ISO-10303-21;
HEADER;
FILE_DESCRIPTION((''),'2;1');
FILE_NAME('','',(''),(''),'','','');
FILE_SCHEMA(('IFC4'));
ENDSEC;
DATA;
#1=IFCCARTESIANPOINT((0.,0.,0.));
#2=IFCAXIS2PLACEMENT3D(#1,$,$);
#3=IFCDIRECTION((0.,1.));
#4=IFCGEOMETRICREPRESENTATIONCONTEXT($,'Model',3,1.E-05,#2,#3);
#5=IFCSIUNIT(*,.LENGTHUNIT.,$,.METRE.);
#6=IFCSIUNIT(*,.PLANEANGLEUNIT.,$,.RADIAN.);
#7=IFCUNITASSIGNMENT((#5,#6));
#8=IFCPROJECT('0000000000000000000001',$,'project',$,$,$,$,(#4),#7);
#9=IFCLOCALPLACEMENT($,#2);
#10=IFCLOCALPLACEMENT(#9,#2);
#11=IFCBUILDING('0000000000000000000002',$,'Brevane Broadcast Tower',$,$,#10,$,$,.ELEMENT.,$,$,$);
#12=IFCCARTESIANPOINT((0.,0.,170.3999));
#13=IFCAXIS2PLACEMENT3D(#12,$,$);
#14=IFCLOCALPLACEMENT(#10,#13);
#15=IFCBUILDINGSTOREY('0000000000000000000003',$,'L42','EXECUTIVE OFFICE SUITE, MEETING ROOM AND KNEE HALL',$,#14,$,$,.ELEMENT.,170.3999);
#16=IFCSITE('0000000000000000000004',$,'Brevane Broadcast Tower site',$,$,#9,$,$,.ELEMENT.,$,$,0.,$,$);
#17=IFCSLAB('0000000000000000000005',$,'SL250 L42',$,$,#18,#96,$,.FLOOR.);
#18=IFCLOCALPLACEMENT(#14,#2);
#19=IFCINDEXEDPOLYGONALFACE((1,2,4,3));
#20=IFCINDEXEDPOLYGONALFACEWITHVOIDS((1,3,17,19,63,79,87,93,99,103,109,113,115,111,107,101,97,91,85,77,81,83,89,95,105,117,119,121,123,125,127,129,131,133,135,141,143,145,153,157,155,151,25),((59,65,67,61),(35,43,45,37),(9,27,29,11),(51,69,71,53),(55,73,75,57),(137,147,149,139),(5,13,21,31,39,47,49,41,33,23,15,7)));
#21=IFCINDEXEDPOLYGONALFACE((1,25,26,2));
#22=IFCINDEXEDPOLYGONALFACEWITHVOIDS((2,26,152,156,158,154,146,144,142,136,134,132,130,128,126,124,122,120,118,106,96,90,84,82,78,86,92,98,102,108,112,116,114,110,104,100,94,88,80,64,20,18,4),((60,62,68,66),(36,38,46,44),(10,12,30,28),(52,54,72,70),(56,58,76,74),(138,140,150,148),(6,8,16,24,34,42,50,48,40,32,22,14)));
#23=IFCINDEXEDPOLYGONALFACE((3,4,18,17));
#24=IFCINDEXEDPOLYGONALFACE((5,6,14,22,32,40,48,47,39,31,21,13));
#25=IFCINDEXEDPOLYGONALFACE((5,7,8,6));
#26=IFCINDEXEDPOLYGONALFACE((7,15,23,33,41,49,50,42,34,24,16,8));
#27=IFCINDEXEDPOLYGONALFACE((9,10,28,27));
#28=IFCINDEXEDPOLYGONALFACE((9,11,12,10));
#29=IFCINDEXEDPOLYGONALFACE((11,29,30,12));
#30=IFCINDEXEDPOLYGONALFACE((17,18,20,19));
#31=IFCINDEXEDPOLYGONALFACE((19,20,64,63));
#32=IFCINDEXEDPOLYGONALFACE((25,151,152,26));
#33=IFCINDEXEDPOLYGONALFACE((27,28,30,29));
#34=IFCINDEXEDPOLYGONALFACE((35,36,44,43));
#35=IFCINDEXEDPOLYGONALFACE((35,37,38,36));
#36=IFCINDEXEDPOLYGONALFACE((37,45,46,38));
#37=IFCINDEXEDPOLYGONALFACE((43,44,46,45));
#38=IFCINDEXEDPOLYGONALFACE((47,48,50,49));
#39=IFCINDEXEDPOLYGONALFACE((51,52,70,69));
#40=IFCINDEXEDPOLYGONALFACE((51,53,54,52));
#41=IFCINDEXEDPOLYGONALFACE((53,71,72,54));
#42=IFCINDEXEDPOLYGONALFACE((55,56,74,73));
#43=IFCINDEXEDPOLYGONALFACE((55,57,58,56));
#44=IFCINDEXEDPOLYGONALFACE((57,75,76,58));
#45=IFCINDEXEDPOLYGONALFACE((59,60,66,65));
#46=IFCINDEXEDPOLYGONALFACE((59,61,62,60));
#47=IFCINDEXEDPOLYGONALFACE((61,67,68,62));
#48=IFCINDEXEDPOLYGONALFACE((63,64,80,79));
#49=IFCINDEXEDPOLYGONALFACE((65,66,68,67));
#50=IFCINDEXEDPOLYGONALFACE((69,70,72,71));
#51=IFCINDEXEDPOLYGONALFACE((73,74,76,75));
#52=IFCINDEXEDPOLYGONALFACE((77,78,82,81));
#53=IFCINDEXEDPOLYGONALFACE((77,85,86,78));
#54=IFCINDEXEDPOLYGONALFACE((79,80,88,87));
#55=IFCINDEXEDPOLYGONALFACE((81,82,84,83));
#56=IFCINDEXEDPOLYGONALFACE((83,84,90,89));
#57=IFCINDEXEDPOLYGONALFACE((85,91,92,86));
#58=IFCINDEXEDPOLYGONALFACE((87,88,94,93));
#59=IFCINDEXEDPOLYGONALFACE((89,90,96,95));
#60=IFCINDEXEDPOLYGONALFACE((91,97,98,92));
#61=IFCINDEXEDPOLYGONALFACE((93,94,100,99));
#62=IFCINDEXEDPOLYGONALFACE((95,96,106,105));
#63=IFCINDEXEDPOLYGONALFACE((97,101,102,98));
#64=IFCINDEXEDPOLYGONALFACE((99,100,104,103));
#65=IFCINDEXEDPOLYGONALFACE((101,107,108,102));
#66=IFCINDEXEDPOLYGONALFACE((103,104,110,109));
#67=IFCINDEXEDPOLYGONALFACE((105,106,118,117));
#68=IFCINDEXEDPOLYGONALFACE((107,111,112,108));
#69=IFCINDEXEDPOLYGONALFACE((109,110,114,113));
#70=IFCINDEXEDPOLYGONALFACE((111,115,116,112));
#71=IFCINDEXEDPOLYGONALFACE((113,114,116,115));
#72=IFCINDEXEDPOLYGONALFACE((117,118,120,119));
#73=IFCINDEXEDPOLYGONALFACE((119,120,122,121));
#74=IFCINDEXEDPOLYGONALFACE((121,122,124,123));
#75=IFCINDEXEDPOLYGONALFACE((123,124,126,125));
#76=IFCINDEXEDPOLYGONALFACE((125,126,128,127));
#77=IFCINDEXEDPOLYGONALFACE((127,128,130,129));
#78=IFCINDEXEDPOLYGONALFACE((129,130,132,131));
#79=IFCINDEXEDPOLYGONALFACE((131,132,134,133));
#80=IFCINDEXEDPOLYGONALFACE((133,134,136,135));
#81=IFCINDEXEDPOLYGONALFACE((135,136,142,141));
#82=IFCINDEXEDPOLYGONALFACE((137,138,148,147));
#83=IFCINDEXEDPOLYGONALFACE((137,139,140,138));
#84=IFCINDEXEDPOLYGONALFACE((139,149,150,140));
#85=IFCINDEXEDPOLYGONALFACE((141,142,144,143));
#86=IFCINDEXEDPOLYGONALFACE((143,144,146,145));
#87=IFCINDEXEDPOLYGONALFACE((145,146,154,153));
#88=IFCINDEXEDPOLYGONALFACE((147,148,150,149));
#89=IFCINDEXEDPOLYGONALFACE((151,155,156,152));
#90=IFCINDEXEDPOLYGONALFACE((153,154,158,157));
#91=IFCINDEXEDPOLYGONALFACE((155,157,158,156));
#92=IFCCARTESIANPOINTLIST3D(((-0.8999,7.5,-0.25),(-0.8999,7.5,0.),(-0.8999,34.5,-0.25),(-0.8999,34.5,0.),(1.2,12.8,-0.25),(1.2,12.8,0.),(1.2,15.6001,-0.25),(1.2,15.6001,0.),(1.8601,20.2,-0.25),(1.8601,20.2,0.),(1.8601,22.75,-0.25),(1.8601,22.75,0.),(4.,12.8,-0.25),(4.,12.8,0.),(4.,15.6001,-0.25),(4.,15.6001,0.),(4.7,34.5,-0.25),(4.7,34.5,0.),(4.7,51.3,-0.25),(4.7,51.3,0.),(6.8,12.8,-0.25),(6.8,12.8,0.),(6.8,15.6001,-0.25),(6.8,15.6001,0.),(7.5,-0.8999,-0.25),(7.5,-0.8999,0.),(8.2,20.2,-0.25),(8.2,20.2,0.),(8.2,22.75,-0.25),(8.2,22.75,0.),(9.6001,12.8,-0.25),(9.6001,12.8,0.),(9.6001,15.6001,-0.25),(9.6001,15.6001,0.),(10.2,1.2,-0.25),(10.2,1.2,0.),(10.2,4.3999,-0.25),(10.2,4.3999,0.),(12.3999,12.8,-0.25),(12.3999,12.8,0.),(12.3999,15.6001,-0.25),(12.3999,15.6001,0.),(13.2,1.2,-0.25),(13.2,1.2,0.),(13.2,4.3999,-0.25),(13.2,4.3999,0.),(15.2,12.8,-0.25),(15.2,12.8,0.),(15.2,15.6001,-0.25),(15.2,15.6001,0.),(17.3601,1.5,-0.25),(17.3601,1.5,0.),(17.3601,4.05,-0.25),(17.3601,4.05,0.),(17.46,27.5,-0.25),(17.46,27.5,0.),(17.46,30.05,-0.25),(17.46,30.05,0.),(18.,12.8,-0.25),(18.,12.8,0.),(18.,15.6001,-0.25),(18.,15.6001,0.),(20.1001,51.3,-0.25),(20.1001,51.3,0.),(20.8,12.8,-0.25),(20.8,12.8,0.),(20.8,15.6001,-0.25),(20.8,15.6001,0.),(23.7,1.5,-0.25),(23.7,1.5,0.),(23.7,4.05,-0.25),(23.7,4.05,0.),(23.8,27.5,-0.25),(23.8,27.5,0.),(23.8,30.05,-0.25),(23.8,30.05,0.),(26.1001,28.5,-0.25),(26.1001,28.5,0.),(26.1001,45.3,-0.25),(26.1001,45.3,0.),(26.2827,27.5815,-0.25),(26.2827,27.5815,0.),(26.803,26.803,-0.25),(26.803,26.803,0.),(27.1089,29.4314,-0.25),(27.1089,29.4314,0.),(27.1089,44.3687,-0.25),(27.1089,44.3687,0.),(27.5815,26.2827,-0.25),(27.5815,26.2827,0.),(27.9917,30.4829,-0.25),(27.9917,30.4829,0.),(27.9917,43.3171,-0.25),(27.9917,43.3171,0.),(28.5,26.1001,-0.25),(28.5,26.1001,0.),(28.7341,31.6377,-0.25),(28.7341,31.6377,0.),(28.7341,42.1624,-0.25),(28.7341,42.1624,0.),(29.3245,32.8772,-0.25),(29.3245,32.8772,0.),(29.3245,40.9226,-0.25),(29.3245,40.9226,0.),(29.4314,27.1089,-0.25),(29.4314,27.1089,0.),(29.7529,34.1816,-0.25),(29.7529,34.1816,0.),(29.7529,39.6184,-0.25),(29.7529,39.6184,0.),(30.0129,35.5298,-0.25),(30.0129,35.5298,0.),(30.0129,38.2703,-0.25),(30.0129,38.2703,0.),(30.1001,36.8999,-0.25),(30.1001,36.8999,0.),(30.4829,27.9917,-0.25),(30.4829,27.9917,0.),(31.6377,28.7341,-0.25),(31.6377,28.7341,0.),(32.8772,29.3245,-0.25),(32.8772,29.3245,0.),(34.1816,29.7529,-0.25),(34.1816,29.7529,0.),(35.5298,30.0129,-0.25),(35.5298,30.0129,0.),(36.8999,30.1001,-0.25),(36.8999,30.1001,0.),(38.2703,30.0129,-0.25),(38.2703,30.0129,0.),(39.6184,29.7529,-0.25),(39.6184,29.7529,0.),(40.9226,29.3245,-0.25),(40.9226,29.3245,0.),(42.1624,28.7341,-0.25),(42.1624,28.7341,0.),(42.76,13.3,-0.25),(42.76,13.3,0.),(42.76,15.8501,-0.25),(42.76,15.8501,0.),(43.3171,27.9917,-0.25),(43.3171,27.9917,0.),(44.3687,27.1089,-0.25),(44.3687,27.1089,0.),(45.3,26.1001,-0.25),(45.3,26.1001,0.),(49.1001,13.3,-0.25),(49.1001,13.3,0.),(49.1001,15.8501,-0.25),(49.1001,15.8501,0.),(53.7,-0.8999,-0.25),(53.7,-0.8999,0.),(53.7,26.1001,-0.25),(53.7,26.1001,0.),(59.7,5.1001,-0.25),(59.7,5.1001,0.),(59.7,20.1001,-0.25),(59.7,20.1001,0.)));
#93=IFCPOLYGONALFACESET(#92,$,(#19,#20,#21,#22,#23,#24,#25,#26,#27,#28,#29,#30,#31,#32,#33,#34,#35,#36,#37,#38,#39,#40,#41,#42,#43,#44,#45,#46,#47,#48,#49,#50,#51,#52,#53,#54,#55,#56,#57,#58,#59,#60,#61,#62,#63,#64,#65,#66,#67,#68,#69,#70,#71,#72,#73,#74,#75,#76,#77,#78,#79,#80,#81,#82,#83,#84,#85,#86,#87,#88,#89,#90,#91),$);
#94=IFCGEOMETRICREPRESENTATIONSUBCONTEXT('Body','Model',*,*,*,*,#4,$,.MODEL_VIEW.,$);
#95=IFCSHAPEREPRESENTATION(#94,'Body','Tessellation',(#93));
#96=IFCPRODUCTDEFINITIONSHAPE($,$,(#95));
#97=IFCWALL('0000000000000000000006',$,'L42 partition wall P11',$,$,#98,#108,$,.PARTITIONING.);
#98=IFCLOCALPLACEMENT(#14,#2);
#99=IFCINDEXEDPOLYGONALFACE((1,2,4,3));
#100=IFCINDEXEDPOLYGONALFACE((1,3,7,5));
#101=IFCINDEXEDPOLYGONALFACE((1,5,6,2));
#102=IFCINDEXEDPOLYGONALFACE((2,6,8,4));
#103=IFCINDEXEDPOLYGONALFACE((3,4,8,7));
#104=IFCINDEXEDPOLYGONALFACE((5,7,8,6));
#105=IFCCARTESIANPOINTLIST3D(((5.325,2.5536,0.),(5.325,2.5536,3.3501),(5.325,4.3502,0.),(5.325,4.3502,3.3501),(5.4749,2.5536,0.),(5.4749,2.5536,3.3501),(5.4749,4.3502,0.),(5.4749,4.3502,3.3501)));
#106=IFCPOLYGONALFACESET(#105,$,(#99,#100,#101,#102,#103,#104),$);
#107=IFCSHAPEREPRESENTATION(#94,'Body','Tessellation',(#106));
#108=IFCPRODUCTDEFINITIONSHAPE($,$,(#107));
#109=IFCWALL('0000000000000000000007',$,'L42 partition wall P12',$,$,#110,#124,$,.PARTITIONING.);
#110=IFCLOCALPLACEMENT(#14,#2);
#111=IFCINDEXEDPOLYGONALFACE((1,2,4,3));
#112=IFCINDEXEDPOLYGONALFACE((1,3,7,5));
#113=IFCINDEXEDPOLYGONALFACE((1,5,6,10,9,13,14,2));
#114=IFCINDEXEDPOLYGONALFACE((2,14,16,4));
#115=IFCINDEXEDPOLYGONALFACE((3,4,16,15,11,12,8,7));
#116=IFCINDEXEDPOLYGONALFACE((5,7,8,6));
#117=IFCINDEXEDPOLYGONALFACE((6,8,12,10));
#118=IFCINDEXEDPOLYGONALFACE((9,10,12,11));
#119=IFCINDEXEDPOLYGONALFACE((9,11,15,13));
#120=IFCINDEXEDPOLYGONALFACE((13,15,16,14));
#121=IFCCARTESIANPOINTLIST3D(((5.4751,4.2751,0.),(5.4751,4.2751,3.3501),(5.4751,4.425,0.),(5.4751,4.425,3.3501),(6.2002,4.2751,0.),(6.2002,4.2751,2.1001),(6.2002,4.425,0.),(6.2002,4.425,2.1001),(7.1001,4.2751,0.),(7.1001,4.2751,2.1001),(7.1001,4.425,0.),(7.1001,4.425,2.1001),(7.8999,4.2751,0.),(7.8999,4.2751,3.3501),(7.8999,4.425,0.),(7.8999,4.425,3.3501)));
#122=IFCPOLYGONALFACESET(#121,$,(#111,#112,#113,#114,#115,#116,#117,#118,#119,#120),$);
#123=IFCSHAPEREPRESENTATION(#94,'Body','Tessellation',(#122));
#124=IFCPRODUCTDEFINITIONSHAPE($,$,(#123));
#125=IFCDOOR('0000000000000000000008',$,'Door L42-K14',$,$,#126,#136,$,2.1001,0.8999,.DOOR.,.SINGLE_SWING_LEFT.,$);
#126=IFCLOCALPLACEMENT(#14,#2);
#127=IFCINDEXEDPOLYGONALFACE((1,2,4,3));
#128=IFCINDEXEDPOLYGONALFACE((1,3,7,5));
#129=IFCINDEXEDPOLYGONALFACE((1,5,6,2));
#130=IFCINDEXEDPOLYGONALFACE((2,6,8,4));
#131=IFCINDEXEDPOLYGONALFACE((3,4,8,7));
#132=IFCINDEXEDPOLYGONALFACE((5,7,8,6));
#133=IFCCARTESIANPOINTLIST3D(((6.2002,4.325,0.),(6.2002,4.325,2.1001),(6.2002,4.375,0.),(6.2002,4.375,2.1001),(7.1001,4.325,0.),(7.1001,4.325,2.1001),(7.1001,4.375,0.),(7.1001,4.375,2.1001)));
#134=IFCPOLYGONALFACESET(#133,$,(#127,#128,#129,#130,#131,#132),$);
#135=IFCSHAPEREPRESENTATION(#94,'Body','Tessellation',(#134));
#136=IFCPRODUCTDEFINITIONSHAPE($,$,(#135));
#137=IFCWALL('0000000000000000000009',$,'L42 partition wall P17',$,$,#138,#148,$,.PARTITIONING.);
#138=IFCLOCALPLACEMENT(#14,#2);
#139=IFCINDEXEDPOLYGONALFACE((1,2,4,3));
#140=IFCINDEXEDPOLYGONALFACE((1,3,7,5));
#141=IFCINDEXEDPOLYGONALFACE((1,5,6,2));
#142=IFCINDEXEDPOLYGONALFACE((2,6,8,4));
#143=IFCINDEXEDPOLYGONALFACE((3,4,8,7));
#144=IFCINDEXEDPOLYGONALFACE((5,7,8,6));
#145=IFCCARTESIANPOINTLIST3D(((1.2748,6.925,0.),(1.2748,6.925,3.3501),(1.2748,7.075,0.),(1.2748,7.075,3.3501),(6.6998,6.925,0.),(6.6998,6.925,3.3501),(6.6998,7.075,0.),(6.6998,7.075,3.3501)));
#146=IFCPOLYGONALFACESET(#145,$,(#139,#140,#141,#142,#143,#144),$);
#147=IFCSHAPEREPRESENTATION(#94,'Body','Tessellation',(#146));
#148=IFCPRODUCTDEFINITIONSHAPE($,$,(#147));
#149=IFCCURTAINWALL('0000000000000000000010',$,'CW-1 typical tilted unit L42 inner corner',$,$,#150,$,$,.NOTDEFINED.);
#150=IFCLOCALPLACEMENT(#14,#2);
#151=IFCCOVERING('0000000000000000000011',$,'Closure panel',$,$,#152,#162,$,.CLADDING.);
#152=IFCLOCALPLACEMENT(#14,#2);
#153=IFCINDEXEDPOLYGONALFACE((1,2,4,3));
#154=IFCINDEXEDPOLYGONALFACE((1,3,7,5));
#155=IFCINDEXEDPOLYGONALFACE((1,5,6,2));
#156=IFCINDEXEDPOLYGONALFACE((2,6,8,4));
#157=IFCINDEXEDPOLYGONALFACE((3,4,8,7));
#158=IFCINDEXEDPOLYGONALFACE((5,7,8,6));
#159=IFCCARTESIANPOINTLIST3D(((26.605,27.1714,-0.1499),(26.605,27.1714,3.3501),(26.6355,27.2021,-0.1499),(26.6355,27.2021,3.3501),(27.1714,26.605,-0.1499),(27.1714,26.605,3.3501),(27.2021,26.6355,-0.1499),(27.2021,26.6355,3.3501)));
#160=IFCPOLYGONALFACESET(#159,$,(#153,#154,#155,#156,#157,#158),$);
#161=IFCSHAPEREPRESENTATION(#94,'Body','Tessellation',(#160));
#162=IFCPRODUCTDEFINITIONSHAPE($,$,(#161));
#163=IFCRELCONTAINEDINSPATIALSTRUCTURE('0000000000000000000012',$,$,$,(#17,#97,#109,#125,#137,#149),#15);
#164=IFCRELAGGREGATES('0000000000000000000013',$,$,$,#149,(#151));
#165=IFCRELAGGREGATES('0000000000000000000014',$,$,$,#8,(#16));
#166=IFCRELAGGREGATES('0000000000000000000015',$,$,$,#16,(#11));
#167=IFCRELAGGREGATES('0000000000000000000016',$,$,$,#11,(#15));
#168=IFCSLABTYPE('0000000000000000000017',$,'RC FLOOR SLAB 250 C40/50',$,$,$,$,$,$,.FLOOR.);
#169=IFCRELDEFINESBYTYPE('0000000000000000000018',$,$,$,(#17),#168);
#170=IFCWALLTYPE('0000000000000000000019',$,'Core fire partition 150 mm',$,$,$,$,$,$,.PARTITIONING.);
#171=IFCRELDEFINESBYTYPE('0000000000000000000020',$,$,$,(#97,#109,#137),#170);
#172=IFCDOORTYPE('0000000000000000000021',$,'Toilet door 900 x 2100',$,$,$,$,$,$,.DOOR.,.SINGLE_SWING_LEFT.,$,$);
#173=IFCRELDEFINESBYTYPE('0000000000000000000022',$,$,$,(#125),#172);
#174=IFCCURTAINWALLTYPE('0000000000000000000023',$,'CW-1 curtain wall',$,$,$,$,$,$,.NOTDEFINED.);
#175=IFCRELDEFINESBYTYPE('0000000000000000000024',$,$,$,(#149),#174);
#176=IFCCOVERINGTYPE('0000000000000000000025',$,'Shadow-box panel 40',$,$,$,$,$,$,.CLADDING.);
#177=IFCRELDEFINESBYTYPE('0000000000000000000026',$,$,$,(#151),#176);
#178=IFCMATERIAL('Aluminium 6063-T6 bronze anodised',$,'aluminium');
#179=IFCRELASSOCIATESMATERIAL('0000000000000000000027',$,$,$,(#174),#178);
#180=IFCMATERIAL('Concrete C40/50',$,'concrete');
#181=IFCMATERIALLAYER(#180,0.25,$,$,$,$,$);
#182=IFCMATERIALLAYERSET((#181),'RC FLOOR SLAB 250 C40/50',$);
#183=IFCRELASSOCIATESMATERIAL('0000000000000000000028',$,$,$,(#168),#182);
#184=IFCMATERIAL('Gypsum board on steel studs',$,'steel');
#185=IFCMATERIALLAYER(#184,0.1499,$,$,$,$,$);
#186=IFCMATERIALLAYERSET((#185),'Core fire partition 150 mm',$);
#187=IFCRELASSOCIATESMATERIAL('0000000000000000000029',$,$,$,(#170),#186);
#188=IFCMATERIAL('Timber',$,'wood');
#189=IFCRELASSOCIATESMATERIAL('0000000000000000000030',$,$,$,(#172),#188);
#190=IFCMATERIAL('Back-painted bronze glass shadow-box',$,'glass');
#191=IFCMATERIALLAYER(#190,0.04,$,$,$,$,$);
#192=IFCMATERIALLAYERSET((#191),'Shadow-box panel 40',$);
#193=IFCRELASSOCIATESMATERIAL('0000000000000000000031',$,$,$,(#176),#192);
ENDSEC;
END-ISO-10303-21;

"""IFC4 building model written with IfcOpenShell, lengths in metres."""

from ifc_helpers import new_model, si_unit, direction, frame, frame_2d, origin, place, context, subcontext, project, spatial, polyline, rectangle, outline, extrude, material, layer, layer_set, type_object, element, fill, aggregate, save


model = new_model("IFC4")

# Units and contexts
model_context = context("Model", 3, precision=1e-05, world=origin(), true_north=direction((0.0, 1.0)))
body_context = subcontext(model_context, "Body", "Model", "MODEL_VIEW")
ifc_project = project(units=[si_unit("LENGTHUNIT", "METRE"), si_unit("PLANEANGLEUNIT", "RADIAN")], contexts=[model_context])

# Site, building, storey
site_placement = place(None, origin())
site = spatial("IfcSite", under=ifc_project, at=site_placement, Name="Brevane Broadcast Tower site", CompositionType="ELEMENT", RefElevation=0.0)
building_placement = place(site_placement, origin())
building = spatial("IfcBuilding", under=site, at=building_placement, Name="Brevane Broadcast Tower", CompositionType="ELEMENT")
storey_placement = place(building_placement, frame((0.0, 0.0, 170.3999)))
storey = spatial("IfcBuildingStorey", under=building, at=storey_placement, Name="L42", Description="EXECUTIVE OFFICE SUITE, MEETING ROOM AND KNEE HALL", CompositionType="ELEMENT", Elevation=170.3999)

# Shared definitions
ifc_material_1 = material(Name="Aluminium 6063-T6 bronze anodised", Category="aluminium")
curtain_wall_type = type_object("IfcCurtainWallType", Name="CW-1 curtain wall", PredefinedType="NOTDEFINED", material=ifc_material_1)

# Slab
ifc_material_2 = material(Name="Concrete C40/50", Category="concrete")
ifc_layer_1 = layer(ifc_material_2, 0.25)
ifc_layer_set_1 = layer_set([ifc_layer_1], Name="RC FLOOR SLAB 250 C40/50")
slab_type_1 = type_object("IfcSlabType", Name="RC FLOOR SLAB 250 C40/50", PredefinedType="FLOOR", material=ifc_layer_set_1)
slab_1_placement = place(storey_placement, frame((0.0, 0.0, -0.25)))
element("IfcSlab", 1, at=slab_1_placement, inside=storey, type_object=slab_type_1, Name="SL250 L42", PredefinedType="FLOOR", context=body_context, shape_type="SweptSolid", body=[
    extrude(outline(polyline([(-0.8999, 7.5), (-0.8999, 34.5), (4.7, 34.5), (4.7, 51.3), (20.1001, 51.3), (26.1001, 45.3), (27.1089, 44.3687), (27.9917, 43.3171), (28.7341, 42.1624), (29.3245, 40.9226), (29.7529, 39.6184), (30.0129, 38.2703), (30.1001, 36.8999), (30.0129, 35.5298), (29.7529, 34.1816), (29.3245, 32.8772), (28.7341, 31.6377), (27.9917, 30.4829), (27.1089, 29.4314), (26.1001, 28.5), (26.2827, 27.5815), (26.803, 26.803), (27.5815, 26.2827), (28.5, 26.1001), (29.4314, 27.1089), (30.4829, 27.9917), (31.6377, 28.7341), (32.8772, 29.3245), (34.1816, 29.7529), (35.5298, 30.0129), (36.8999, 30.1001), (38.2703, 30.0129), (39.6184, 29.7529), (40.9226, 29.3245), (42.1624, 28.7341), (43.3171, 27.9917), (44.3687, 27.1089), (45.3, 26.1001), (53.7, 26.1001), (59.7, 20.1001), (59.7, 5.1001), (53.7, -0.8999), (7.5, -0.8999), (-0.8999, 7.5)]), holes=[polyline([(13.2, 4.3999), (10.2, 4.3999), (10.2, 1.2), (13.2, 1.2), (13.2, 4.3999)]), polyline([(4.0, 15.6001), (1.2, 15.6001), (1.2, 12.8), (4.0, 12.8), (6.8, 12.8), (9.6001, 12.8), (12.3999, 12.8), (15.2, 12.8), (15.2, 15.6001), (12.3999, 15.6001), (9.6001, 15.6001), (6.8, 15.6001), (4.0, 15.6001)]), polyline([(1.8601, 22.75), (1.8601, 20.2), (8.2, 20.2), (8.2, 22.75), (1.8601, 22.75)]), polyline([(23.7, 4.05), (17.3601, 4.05), (17.3601, 1.5), (23.7, 1.5), (23.7, 4.05)]), polyline([(20.8, 15.6001), (18.0, 15.6001), (18.0, 12.8), (20.8, 12.8), (20.8, 15.6001)]), polyline([(49.1001, 15.8501), (42.76, 15.8501), (42.76, 13.3), (49.1001, 13.3), (49.1001, 15.8501)]), polyline([(23.8, 30.05), (17.46, 30.05), (17.46, 27.5), (23.8, 27.5), (23.8, 30.05)])]), origin(), (0.0, 0.0, 1.0), 0.25),
])

# Wall
ifc_material_3 = material(Name="Gypsum board on steel studs", Category="steel")
ifc_layer_2 = layer(ifc_material_3, 0.1499)
ifc_layer_set_2 = layer_set([ifc_layer_2], Name="Core fire partition 150 mm")
wall_type = type_object("IfcWallType", Name="Core fire partition 150 mm", PredefinedType="PARTITIONING", material=ifc_layer_set_2)
wall_1_placement = place(storey_placement, frame((5.3999, 2.5535, 0.0), z_axis=(0.0, 0.0, 1.0), x_axis=(0.0, 1.0, 0.0)))
element("IfcWall", 2, at=wall_1_placement, inside=storey, type_object=wall_type, Name="L42 partition wall P11", PredefinedType="PARTITIONING", context=body_context, shape_type="SweptSolid", body=[
    extrude(rectangle(XDim=1.7966, YDim=0.1499, at=frame_2d((0.8984, 0.0))), origin(), (0.0, 0.0, 1.0), 3.3501),
])

# Wall, opening, door
wall_2_placement = place(storey_placement, frame((5.4751, 4.3501, 0.0), z_axis=(0.0, 0.0, 1.0), x_axis=(1.0, 0.0, 0.0)))
wall_2 = element("IfcWall", 3, at=wall_2_placement, inside=storey, type_object=wall_type, Name="L42 partition wall P12", PredefinedType="PARTITIONING", context=body_context, shape_type="SweptSolid", body=[
    extrude(rectangle(XDim=2.4248, YDim=0.1499, at=frame_2d((1.2124, 0.0))), origin(), (0.0, 0.0, 1.0), 3.3501),
])
opening_placement = place(wall_2_placement, frame((0.7251, 0.0, 0.0)))
opening = element("IfcOpeningElement", 4, at=opening_placement, cuts=wall_2, PredefinedType="OPENING", context=body_context, shape_type="SweptSolid", body=[
    extrude(rectangle(XDim=0.8999, YDim=2.1001, at=frame_2d((0.45, 1.05))), frame((0.0, 0.085, 0.0), z_axis=(0.0, -1.0, 0.0), x_axis=(1.0, 0.0, 0.0)), (0.0, 0.0, 1.0), 0.1699),
])
ifc_material_4 = material(Name="Timber", Category="wood")
door_type = type_object("IfcDoorType", Name="Toilet door 900 x 2100", OperationType="SINGLE_SWING_LEFT", PredefinedType="DOOR", material=ifc_material_4)
door_placement = place(opening_placement, origin())
door = element("IfcDoor", 5, at=door_placement, inside=storey, type_object=door_type, Name="Door L42-K14", OperationType="SINGLE_SWING_LEFT", OverallHeight=2.1001, OverallWidth=0.8999, PredefinedType="DOOR", context=body_context, shape_type="SweptSolid", body=[
    extrude(rectangle(XDim=0.8999, YDim=2.1001, at=frame_2d((0.45, 1.05))), frame((0.0, 0.0249, 0.0), z_axis=(0.0, -1.0, 0.0), x_axis=(1.0, 0.0, 0.0)), (0.0, 0.0, 1.0), 0.05),
])
fill(opening, door)

# Wall
wall_3_placement = place(storey_placement, frame((1.2749, 7.0, 0.0), z_axis=(0.0, 0.0, 1.0), x_axis=(1.0, 0.0, 0.0)))
element("IfcWall", 6, at=wall_3_placement, inside=storey, type_object=wall_type, Name="L42 partition wall P17", PredefinedType="PARTITIONING", context=body_context, shape_type="SweptSolid", body=[
    extrude(rectangle(XDim=5.425, YDim=0.1499, at=frame_2d((2.7124, 0.0))), origin(), (0.0, 0.0, 1.0), 3.3501),
])

# Curtain wall, covering
curtain_wall_1_placement = place(storey_placement, origin())
curtain_wall_1 = element("IfcCurtainWall", 7, at=curtain_wall_1_placement, inside=storey, type_object=curtain_wall_type, Name="CW-1 typical tilted unit L42 inner corner", PredefinedType="NOTDEFINED")
ifc_material_5 = material(Name="Back-painted bronze glass shadow-box", Category="glass")
ifc_layer_3 = layer(ifc_material_5, 0.04)
ifc_layer_set_3 = layer_set([ifc_layer_3], Name="Shadow-box panel 40")
covering_type = type_object("IfcCoveringType", Name="Shadow-box panel 40", PredefinedType="CLADDING", material=ifc_layer_set_3)
covering_placement = place(storey_placement, frame((0.0, 0.0, -0.1499)))
covering = element("IfcCovering", 8, at=covering_placement, type_object=covering_type, Name="Closure panel", PredefinedType="CLADDING", context=body_context, shape_type="SweptSolid", body=[
    extrude(outline(polyline([(27.1714, 26.605), (27.2021, 26.6355), (26.6355, 27.2021), (26.605, 27.1714), (27.1714, 26.605)])), origin(), (0.0, 0.0, 1.0), 3.5),
])
aggregate(curtain_wall_1, [covering])

save(model, "model.ifc")
